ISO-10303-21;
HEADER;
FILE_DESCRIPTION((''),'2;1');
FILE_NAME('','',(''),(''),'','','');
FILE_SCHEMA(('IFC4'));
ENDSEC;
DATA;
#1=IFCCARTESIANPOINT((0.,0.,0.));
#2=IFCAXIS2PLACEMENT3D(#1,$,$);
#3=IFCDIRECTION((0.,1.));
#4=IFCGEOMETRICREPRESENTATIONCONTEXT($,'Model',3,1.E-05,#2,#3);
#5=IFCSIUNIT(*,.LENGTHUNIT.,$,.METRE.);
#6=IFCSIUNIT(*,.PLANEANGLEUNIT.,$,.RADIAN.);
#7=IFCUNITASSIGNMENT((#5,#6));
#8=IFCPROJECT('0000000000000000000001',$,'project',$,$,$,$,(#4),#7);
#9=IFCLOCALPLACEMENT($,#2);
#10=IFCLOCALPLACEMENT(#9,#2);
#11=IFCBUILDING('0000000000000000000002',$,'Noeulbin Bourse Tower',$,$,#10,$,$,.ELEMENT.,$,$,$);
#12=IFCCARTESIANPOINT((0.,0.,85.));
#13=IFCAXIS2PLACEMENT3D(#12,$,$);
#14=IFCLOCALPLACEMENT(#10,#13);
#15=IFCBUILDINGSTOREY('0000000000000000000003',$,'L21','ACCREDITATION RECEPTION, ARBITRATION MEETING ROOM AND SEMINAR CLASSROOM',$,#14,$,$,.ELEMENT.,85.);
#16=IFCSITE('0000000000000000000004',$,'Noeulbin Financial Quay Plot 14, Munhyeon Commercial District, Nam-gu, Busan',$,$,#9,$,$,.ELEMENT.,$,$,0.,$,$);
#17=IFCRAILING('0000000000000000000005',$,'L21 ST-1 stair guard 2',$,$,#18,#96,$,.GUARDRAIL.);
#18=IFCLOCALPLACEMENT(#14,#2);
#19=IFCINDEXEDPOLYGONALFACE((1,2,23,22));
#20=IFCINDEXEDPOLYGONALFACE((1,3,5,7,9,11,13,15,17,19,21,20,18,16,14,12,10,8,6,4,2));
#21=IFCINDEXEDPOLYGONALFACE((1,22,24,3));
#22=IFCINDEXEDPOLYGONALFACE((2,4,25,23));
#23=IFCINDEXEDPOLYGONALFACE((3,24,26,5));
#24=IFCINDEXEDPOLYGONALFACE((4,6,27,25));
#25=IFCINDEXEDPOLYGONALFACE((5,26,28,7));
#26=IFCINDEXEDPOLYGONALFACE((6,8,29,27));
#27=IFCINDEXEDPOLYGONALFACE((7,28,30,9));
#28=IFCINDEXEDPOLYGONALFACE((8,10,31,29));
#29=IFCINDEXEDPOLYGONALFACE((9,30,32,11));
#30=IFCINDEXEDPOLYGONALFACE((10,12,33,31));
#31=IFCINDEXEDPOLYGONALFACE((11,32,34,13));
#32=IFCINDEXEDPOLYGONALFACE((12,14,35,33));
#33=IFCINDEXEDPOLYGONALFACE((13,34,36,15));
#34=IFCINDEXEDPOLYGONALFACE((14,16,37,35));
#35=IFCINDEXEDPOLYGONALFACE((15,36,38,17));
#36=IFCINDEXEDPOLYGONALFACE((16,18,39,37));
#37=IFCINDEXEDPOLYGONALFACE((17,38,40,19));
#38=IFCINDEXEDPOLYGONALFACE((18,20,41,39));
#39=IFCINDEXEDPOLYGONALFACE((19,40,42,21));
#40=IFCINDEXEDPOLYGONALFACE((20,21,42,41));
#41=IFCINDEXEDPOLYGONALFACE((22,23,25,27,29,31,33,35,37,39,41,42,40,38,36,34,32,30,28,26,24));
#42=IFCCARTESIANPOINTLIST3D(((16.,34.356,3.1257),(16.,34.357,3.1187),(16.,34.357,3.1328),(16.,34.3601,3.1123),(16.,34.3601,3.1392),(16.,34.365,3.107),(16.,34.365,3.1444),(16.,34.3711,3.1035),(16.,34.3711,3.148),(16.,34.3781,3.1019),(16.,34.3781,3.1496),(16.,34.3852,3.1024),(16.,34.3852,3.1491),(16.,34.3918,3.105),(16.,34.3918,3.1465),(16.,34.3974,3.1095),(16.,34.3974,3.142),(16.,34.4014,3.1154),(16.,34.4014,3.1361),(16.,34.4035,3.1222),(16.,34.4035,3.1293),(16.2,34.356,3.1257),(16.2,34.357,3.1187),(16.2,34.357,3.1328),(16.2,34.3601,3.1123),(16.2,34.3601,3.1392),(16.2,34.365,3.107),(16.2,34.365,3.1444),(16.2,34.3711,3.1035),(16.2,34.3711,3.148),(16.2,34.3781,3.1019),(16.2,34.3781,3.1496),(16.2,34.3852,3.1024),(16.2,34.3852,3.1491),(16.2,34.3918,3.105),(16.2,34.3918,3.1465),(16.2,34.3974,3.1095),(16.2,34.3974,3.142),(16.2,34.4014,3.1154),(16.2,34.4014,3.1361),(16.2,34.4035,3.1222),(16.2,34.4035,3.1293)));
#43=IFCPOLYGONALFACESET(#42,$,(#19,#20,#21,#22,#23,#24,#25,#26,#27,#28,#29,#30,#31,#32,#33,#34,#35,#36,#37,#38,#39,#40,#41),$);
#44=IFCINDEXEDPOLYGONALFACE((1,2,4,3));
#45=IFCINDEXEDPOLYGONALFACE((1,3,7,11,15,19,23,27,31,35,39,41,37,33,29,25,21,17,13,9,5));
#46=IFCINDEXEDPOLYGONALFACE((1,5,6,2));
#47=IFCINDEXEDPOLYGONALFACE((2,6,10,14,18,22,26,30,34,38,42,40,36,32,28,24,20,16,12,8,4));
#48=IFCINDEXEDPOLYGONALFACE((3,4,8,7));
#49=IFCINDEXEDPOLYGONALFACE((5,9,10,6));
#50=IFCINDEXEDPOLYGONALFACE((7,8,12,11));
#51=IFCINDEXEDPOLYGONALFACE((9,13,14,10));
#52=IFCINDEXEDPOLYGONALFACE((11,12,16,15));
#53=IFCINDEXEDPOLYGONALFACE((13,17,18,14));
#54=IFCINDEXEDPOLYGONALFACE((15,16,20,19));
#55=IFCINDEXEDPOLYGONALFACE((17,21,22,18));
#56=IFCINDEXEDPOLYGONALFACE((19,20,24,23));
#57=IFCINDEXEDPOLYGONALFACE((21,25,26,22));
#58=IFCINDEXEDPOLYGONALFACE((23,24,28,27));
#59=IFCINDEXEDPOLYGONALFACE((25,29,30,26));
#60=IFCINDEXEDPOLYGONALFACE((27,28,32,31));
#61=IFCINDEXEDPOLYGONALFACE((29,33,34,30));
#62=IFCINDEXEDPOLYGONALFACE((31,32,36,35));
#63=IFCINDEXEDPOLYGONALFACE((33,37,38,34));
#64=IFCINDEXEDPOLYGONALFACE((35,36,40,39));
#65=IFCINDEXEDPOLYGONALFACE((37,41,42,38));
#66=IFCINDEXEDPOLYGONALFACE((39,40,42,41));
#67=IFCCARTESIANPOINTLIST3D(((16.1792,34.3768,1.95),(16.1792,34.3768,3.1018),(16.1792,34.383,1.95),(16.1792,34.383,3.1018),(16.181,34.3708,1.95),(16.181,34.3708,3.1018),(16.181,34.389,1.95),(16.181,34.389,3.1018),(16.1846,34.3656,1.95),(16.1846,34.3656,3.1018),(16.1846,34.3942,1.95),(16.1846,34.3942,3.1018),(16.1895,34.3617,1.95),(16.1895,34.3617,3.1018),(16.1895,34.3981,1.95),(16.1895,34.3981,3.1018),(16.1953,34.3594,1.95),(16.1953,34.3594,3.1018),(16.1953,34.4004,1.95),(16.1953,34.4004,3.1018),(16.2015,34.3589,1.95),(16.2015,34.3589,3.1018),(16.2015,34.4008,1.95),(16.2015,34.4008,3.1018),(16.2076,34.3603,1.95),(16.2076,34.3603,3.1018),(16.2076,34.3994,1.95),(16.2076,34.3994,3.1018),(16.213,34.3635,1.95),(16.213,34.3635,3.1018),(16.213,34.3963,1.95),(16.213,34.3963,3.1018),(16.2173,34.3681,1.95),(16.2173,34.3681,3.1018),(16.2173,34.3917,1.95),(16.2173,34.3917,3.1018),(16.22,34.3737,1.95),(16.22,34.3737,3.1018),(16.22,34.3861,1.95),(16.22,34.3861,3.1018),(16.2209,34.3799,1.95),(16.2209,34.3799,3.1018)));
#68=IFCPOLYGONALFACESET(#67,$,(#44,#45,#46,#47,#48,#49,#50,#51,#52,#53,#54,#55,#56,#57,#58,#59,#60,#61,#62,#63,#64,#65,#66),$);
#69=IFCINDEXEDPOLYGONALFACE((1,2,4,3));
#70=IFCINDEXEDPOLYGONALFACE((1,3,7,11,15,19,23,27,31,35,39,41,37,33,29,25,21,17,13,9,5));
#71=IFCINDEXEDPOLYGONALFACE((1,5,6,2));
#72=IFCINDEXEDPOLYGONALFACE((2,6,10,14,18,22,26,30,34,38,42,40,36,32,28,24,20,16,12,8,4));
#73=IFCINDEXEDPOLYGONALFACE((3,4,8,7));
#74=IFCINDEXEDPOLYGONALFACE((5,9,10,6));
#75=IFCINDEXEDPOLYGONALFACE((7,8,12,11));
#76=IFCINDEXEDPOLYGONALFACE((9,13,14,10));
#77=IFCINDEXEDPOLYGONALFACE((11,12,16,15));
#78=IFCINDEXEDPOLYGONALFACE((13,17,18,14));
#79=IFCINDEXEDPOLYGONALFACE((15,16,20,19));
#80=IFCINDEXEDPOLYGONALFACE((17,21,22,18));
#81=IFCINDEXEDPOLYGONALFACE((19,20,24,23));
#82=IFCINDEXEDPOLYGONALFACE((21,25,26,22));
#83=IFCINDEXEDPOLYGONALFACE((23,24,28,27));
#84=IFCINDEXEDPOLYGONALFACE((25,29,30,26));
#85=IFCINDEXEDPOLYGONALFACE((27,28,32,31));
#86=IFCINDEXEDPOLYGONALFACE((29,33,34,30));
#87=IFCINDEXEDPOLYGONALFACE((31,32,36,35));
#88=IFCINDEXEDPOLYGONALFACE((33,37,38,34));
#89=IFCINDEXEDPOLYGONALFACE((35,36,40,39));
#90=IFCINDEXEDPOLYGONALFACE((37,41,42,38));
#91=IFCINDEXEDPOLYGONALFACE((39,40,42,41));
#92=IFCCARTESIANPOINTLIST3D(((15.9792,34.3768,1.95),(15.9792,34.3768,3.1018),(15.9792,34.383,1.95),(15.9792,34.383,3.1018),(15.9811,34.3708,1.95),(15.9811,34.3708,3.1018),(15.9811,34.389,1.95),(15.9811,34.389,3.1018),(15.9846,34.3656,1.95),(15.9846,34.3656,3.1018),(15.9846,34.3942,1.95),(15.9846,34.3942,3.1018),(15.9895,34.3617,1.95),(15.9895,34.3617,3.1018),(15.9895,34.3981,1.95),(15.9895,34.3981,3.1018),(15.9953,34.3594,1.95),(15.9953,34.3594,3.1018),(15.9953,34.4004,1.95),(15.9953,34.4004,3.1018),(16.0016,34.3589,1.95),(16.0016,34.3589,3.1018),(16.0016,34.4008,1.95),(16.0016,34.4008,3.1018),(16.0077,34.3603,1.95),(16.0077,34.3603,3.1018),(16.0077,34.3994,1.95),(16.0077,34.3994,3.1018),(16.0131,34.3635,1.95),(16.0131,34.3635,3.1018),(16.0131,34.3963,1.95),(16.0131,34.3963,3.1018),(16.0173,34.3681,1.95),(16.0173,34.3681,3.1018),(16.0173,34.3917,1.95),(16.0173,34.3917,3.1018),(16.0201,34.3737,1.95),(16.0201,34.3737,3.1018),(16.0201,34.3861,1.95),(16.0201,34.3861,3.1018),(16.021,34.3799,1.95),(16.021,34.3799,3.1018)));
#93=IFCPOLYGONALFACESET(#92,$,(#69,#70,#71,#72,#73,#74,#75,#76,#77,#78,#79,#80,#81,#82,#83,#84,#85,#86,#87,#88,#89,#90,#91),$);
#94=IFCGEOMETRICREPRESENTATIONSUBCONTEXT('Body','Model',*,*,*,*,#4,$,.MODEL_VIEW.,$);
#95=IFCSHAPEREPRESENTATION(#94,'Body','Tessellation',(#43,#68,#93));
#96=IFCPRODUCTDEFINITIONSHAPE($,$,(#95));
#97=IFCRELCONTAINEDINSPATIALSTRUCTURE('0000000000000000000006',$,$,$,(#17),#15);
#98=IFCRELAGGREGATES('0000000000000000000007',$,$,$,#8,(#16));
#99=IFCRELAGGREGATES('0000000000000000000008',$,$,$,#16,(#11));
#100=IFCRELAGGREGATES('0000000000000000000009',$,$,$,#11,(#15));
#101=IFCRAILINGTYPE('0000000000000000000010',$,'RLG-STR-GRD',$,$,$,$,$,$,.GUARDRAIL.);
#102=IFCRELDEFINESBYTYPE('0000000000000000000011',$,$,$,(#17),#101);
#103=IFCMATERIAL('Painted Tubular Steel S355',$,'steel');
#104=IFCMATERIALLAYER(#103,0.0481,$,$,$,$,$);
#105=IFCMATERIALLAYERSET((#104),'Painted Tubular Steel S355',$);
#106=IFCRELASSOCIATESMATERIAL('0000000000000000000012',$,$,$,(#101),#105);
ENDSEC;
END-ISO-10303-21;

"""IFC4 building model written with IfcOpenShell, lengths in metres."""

from ifc_helpers import new_model, si_unit, direction, frame, origin, origin_2d, place, context, subcontext, project, spatial, circle, extrude, material, layer, layer_set, type_object, element, save


model = new_model("IFC4")

# Units and contexts
model_context = context("Model", 3, precision=1e-05, world=origin(), true_north=direction((0.0, 1.0)))
body_context = subcontext(model_context, "Body", "Model", "MODEL_VIEW")
ifc_project = project(units=[si_unit("LENGTHUNIT", "METRE"), si_unit("PLANEANGLEUNIT", "RADIAN")], contexts=[model_context])

# Site, building, storey
site_placement = place(None, origin())
site = spatial("IfcSite", under=ifc_project, at=site_placement, Name="Noeulbin Financial Quay Plot 14, Munhyeon Commercial District, Nam-gu, Busan", CompositionType="ELEMENT", RefElevation=0.0)
building_placement = place(site_placement, origin())
building = spatial("IfcBuilding", under=site, at=building_placement, Name="Noeulbin Bourse Tower", CompositionType="ELEMENT")
storey_placement = place(building_placement, frame((0.0, 0.0, 85.0)))
storey = spatial("IfcBuildingStorey", under=building, at=storey_placement, Name="L21", Description="ACCREDITATION RECEPTION, ARBITRATION MEETING ROOM AND SEMINAR CLASSROOM", CompositionType="ELEMENT", Elevation=85.0)

# Railing
ifc_material_1 = material(Name="Painted Tubular Steel S355", Category="steel")
ifc_layer_1 = layer(ifc_material_1, 0.0481)
ifc_layer_set_1 = layer_set([ifc_layer_1], Name="Painted Tubular Steel S355")
railing_type_1 = type_object("IfcRailingType", Name="RLG-STR-GRD", PredefinedType="GUARDRAIL", material=ifc_layer_set_1)
railing_1_placement = place(storey_placement, frame((16.2, 34.3799, 1.95)))
element("IfcRailing", 1, at=railing_1_placement, inside=storey, type_object=railing_type_1, Name="L21 ST-1 stair guard 2", PredefinedType="GUARDRAIL", context=body_context, shape_type="SweptSolid", body=[
    extrude(circle(Radius=0.0239, at=origin_2d()), frame((0.0, 0.0, 1.1758), z_axis=(-1.0, 0.0, 0.0), x_axis=(0.0, -1.0, 0.0)), (0.0, 0.0, 1.0), 0.2),
    extrude(circle(Radius=0.021, at=origin_2d()), origin(), (0.0, 0.0, 1.0), 1.1519),
    extrude(circle(Radius=0.021, at=origin_2d()), frame((-0.2, 0.0, 0.0)), (0.0, 0.0, 1.0), 1.1519),
])

save(model, "model.ifc")
